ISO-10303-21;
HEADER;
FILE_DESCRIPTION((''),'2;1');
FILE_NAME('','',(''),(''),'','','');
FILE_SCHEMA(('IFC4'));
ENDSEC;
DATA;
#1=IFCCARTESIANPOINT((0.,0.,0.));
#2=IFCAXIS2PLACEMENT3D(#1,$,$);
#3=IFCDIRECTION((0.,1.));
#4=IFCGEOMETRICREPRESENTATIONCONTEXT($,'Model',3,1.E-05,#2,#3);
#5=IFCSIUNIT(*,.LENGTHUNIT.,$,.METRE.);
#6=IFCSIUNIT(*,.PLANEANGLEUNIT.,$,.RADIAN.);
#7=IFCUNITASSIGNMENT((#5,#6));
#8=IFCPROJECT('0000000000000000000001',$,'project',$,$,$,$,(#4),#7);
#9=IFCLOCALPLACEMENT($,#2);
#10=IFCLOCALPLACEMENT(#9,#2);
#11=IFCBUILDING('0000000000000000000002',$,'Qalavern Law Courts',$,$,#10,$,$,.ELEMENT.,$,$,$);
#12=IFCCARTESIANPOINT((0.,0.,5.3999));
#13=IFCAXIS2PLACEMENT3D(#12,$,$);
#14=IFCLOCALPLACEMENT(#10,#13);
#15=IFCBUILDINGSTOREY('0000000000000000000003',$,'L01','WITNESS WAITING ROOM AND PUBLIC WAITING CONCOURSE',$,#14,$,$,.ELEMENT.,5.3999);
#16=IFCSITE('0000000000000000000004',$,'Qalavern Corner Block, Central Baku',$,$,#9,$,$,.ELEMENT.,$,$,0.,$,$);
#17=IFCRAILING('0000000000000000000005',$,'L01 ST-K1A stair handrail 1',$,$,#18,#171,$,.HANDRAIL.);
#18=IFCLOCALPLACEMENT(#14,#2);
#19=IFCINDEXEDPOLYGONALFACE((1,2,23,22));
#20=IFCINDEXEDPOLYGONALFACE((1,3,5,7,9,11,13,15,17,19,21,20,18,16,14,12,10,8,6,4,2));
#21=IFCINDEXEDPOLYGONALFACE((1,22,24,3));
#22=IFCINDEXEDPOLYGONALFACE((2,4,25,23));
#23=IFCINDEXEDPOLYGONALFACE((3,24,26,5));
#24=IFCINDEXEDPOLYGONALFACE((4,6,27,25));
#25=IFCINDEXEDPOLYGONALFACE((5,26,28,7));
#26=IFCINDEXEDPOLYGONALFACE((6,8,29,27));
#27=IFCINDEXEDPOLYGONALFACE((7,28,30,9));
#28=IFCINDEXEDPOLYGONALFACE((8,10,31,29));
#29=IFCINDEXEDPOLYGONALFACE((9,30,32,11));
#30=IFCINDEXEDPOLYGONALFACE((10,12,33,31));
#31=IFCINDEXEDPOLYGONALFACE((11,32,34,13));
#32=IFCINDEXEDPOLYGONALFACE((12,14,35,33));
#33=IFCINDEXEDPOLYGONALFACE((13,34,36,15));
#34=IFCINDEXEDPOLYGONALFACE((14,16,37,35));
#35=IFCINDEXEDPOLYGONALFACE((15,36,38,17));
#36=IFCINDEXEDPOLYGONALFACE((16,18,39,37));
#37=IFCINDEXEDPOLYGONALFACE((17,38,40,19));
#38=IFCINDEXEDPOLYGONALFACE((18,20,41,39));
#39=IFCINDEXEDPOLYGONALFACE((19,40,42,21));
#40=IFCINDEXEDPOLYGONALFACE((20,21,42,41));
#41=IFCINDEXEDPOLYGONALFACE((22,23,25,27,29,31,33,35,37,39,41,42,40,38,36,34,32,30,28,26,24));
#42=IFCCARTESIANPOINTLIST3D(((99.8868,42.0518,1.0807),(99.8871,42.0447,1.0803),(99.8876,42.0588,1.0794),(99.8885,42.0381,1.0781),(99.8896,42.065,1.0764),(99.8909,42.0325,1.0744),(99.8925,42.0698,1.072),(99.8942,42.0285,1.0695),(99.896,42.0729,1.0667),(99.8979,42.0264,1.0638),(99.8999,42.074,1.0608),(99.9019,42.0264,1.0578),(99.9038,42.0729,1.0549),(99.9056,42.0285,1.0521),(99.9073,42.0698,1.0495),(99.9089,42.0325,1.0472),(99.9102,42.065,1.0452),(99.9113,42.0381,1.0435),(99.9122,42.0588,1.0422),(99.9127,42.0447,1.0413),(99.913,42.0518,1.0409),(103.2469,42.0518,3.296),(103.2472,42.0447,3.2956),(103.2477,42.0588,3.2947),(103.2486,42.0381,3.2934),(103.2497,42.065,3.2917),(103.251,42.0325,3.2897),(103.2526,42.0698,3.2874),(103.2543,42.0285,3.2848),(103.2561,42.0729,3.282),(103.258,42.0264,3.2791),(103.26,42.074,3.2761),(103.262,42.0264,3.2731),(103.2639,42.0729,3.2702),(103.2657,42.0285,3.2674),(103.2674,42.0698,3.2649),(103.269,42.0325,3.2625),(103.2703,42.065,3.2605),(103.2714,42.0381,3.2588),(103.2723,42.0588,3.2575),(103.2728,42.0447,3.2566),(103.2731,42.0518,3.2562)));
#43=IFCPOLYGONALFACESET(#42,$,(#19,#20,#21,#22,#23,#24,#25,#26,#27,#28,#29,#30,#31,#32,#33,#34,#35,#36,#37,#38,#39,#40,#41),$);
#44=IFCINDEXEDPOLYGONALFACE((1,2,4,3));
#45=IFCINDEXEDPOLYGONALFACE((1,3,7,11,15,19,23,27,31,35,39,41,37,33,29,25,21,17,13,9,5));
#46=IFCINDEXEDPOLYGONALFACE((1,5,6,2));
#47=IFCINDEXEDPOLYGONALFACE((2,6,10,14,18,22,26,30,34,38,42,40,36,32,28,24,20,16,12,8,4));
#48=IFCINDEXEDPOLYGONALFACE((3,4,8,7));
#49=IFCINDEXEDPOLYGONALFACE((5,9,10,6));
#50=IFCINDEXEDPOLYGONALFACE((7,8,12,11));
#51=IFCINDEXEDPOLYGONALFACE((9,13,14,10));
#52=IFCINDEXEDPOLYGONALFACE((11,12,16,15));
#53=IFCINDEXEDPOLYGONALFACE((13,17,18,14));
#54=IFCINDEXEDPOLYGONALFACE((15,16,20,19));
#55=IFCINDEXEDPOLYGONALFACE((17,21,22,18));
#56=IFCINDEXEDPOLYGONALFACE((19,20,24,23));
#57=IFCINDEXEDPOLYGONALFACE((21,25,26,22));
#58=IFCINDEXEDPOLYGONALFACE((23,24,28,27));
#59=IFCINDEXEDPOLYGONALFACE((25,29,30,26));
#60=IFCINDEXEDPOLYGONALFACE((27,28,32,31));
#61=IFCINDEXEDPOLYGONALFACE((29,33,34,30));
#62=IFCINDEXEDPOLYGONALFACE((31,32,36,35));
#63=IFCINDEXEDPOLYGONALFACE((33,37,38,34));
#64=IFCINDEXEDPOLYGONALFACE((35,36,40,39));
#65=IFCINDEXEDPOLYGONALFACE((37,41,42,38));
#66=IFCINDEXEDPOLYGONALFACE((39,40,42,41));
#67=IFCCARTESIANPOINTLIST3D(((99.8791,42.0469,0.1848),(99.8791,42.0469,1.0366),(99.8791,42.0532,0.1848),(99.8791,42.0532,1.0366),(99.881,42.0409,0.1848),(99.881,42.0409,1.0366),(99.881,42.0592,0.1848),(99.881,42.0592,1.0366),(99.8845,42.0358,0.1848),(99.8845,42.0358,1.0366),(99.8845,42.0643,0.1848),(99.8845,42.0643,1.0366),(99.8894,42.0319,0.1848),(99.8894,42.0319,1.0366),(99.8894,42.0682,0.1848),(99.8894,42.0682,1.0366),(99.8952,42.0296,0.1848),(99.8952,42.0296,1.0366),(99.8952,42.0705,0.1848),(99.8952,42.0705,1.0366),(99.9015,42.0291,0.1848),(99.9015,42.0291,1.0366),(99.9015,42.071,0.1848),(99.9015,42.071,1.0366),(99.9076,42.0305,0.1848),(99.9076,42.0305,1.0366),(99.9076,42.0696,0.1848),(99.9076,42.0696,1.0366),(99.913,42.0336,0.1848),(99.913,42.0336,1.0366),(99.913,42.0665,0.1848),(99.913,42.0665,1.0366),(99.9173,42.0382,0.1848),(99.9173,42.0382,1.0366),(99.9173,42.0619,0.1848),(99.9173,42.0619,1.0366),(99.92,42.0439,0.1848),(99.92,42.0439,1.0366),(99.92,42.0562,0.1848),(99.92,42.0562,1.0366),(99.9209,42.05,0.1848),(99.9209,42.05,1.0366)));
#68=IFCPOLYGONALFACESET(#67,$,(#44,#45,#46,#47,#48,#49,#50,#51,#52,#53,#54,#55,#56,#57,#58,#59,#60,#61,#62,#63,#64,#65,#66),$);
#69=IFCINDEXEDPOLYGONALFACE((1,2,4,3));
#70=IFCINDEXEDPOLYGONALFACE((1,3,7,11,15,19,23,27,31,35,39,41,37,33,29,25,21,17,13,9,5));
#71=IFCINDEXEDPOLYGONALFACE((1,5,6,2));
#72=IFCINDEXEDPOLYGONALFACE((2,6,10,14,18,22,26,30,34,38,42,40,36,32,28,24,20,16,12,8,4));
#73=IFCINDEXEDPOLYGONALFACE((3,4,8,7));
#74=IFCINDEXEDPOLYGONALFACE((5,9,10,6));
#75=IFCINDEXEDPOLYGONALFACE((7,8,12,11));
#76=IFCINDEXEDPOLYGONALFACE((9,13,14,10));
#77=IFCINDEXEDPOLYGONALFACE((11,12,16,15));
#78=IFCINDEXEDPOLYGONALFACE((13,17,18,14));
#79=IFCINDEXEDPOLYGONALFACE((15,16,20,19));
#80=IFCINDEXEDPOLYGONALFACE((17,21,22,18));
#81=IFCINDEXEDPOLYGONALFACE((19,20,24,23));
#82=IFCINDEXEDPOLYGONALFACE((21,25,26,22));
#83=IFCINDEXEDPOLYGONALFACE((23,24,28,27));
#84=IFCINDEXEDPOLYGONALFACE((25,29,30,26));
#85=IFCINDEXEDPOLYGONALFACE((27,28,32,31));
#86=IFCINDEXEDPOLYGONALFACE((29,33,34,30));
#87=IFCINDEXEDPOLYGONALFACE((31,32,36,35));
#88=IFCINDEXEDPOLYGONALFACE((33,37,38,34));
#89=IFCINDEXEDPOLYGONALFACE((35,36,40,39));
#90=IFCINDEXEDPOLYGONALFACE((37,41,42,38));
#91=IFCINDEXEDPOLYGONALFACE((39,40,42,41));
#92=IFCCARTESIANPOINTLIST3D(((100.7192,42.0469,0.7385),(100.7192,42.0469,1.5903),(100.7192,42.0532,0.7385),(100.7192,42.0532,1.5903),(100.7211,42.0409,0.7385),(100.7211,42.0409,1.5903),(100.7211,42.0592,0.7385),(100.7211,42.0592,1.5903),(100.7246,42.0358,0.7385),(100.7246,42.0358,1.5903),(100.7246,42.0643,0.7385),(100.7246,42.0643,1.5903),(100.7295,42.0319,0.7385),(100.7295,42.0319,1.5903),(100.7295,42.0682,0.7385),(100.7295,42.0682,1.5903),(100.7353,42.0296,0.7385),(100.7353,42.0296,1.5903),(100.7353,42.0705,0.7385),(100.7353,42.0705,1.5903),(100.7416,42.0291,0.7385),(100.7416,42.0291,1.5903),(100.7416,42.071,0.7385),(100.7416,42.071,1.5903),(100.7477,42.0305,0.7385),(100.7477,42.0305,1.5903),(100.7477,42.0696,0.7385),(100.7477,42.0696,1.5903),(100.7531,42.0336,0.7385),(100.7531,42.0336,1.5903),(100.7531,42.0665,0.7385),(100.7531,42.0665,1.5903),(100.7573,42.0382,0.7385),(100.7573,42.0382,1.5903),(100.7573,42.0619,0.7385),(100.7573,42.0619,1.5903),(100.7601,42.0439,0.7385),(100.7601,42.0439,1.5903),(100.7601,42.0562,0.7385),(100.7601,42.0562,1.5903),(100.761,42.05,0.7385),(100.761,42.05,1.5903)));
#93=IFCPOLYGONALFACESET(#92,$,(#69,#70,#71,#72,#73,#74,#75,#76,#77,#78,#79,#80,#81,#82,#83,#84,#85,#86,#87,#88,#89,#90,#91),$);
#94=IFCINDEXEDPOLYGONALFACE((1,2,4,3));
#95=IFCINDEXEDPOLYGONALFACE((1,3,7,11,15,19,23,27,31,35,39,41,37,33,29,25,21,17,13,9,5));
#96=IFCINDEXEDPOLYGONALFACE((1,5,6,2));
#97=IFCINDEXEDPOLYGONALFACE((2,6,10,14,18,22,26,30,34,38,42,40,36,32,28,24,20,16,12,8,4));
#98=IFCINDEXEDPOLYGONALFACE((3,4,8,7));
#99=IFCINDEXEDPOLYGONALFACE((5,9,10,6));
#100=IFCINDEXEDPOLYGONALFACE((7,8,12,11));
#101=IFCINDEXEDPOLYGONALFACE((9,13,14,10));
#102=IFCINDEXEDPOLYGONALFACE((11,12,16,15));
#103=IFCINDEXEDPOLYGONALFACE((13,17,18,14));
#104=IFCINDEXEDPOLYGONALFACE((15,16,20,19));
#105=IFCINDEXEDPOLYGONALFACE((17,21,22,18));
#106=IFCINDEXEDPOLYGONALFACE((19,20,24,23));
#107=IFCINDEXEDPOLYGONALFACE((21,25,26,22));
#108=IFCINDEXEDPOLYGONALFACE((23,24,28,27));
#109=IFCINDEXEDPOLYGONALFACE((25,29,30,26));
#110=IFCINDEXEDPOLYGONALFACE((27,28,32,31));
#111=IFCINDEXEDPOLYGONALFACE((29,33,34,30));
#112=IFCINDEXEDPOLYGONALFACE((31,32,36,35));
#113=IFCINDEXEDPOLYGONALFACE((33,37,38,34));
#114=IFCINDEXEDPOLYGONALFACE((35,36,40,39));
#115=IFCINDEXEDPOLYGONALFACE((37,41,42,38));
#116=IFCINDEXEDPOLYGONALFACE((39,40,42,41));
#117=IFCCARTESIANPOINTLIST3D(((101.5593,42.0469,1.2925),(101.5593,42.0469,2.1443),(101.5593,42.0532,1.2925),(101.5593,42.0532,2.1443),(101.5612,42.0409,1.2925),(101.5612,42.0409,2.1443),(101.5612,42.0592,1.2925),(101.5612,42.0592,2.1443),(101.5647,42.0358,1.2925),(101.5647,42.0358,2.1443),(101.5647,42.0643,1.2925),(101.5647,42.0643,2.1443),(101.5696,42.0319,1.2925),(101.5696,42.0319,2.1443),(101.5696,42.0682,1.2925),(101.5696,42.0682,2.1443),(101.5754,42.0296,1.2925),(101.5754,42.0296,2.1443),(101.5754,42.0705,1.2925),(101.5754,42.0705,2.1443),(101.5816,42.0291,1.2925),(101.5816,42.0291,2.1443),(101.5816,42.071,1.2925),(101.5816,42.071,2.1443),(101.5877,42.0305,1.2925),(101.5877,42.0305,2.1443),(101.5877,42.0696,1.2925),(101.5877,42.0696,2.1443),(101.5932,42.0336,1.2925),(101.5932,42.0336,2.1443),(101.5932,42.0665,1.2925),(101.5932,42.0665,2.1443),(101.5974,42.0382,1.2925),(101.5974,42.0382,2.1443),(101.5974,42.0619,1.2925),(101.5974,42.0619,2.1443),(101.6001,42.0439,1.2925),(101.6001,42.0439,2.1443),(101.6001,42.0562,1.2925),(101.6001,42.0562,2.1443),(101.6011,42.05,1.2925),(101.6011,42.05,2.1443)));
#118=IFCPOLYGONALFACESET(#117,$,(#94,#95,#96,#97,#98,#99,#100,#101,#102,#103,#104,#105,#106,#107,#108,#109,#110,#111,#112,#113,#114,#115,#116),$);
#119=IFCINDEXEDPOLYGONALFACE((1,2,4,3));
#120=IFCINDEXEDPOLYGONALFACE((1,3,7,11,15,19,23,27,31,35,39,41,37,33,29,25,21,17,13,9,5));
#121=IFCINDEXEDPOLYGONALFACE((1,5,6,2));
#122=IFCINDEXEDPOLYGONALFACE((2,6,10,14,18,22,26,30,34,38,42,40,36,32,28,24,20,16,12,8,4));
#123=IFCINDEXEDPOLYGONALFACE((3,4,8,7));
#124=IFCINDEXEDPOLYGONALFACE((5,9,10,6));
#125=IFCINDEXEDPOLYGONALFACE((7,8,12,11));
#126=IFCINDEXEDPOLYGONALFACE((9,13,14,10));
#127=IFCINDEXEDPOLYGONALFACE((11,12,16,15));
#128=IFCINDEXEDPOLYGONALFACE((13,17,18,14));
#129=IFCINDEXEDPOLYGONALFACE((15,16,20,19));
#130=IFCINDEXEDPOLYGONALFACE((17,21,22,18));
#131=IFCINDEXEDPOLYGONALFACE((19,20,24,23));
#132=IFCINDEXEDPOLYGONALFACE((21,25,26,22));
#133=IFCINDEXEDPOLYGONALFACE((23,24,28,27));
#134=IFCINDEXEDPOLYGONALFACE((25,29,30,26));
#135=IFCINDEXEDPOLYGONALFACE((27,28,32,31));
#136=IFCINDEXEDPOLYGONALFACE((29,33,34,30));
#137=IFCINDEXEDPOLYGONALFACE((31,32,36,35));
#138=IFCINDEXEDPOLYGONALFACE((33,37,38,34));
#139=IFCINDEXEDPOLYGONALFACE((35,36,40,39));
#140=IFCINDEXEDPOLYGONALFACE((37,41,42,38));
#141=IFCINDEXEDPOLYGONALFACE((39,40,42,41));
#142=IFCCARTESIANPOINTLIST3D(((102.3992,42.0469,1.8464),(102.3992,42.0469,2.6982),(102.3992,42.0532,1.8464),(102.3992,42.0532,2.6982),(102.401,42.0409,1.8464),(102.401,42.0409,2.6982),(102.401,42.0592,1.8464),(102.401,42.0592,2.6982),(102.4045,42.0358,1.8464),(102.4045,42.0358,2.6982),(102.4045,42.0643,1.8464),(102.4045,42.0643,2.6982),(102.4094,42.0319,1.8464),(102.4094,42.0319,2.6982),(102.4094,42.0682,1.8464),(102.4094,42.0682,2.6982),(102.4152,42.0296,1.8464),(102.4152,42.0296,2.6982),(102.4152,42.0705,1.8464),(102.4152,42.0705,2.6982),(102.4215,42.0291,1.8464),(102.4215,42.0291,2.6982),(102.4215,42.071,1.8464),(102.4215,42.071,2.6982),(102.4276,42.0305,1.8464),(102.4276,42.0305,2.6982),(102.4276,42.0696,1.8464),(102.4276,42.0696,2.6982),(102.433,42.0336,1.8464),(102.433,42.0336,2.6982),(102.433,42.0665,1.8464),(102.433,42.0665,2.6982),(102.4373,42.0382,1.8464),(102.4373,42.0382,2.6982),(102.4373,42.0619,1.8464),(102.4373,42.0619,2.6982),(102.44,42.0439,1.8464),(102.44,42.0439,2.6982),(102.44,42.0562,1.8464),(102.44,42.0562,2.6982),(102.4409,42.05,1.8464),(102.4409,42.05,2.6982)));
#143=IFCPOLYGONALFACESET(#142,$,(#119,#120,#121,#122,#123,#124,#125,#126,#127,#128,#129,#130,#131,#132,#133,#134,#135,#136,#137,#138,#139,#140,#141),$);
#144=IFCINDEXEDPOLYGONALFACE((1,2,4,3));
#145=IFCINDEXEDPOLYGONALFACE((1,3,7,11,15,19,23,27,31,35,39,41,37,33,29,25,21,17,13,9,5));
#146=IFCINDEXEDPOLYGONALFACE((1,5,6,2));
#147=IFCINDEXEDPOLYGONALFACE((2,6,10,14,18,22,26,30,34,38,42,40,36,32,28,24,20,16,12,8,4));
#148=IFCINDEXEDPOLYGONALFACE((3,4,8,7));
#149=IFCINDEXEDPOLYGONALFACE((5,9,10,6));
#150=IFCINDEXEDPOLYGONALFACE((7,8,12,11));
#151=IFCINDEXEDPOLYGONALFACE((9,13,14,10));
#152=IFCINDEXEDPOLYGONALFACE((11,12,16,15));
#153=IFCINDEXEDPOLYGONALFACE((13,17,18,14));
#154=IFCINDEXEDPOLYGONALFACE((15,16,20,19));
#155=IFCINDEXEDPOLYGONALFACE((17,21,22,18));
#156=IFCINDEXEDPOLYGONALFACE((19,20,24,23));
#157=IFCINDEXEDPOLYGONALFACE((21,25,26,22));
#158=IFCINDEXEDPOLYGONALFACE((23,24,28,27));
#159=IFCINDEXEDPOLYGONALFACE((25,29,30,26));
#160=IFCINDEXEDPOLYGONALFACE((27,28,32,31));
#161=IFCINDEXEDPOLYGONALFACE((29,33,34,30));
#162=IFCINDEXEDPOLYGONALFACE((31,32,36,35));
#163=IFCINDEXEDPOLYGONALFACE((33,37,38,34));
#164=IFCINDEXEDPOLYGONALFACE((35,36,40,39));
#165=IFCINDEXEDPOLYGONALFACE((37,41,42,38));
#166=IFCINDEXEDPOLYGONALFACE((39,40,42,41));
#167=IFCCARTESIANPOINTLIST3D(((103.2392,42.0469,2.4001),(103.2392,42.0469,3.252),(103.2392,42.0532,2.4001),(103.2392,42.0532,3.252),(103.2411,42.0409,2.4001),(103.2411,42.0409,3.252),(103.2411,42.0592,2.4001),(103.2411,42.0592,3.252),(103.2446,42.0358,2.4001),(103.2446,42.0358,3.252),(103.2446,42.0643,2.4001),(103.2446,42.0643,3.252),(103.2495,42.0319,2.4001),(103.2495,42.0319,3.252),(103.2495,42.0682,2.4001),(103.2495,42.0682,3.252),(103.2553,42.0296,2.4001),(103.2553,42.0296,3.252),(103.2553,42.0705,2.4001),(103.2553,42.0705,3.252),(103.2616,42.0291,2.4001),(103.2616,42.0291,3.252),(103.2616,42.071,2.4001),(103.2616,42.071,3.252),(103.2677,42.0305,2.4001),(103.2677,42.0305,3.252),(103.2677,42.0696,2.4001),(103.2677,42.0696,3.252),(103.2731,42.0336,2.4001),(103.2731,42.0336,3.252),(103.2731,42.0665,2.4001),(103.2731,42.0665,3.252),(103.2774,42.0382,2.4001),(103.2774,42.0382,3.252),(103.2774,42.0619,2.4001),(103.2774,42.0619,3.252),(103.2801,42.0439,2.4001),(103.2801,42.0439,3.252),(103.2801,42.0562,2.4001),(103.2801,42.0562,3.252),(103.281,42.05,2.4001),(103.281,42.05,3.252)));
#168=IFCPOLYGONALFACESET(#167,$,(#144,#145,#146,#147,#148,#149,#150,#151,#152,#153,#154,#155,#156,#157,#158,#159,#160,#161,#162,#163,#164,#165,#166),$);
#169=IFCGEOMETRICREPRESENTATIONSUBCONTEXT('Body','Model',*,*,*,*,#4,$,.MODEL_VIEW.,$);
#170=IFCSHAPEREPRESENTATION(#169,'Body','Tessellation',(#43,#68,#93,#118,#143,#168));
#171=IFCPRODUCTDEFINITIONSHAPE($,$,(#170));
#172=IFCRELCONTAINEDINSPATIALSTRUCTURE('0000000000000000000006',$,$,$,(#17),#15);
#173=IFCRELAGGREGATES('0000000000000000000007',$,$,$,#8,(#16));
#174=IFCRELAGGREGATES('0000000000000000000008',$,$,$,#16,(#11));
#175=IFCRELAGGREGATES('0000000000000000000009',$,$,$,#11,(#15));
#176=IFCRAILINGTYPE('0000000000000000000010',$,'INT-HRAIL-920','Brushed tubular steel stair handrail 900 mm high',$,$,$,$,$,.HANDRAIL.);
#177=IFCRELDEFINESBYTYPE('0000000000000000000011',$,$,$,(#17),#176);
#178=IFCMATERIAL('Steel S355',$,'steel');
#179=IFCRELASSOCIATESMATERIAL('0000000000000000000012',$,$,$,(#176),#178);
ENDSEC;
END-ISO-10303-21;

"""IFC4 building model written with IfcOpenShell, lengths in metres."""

from ifc_helpers import new_model, si_unit, direction, frame, origin, origin_2d, place, context, subcontext, project, spatial, circle, extrude, material, type_object, element, save


model = new_model("IFC4")

# Units and contexts
model_context = context("Model", 3, precision=1e-05, world=origin(), true_north=direction((0.0, 1.0)))
body_context = subcontext(model_context, "Body", "Model", "MODEL_VIEW")
ifc_project = project(units=[si_unit("LENGTHUNIT", "METRE"), si_unit("PLANEANGLEUNIT", "RADIAN")], contexts=[model_context])

# Site, building, storey
site_placement = place(None, origin())
site = spatial("IfcSite", under=ifc_project, at=site_placement, Name="Qalavern Corner Block, Central Baku", CompositionType="ELEMENT", RefElevation=0.0)
building_placement = place(site_placement, origin())
building = spatial("IfcBuilding", under=site, at=building_placement, Name="Qalavern Law Courts", CompositionType="ELEMENT")
storey_placement = place(building_placement, frame((0.0, 0.0, 5.3999)))
storey = spatial("IfcBuildingStorey", under=building, at=storey_placement, Name="L01", Description="WITNESS WAITING ROOM AND PUBLIC WAITING CONCOURSE", CompositionType="ELEMENT", Elevation=5.3999)

# Railing
ifc_material_1 = material(Name="Steel S355", Category="steel")
railing_type = type_object("IfcRailingType", Name="INT-HRAIL-920", Description="Brushed tubular steel stair handrail 900 mm high", PredefinedType="HANDRAIL", material=ifc_material_1)
railing_placement = place(storey_placement, frame((99.8999, 42.05, 0.1848)))
element("IfcRailing", 1, at=railing_placement, inside=storey, type_object=railing_type, Name="L01 ST-K1A stair handrail 1", PredefinedType="HANDRAIL", context=body_context, shape_type="SweptSolid", body=[
    extrude(circle(Radius=0.0239, at=origin_2d()), frame((0.0, 0.0, 0.876), z_axis=(0.834876, 0.0, 0.550437), x_axis=(0.0, 1.0, 0.0)), (0.0, 0.0, 1.0), 4.0247),
    extrude(circle(Radius=0.021, at=origin_2d()), origin(), (0.0, 0.0, 1.0), 0.8518),
    extrude(circle(Radius=0.021, at=origin_2d()), frame((0.8401, 0.0, 0.5537)), (0.0, 0.0, 1.0), 0.8518),
    extrude(circle(Radius=0.021, at=origin_2d()), frame((1.6802, 0.0, 1.1077)), (0.0, 0.0, 1.0), 0.8518),
    extrude(circle(Radius=0.021, at=origin_2d()), frame((2.52, 0.0, 1.6616)), (0.0, 0.0, 1.0), 0.8518),
    extrude(circle(Radius=0.021, at=origin_2d()), frame((3.3601, 0.0, 2.2153)), (0.0, 0.0, 1.0), 0.8518),
])

save(model, "model.ifc")
